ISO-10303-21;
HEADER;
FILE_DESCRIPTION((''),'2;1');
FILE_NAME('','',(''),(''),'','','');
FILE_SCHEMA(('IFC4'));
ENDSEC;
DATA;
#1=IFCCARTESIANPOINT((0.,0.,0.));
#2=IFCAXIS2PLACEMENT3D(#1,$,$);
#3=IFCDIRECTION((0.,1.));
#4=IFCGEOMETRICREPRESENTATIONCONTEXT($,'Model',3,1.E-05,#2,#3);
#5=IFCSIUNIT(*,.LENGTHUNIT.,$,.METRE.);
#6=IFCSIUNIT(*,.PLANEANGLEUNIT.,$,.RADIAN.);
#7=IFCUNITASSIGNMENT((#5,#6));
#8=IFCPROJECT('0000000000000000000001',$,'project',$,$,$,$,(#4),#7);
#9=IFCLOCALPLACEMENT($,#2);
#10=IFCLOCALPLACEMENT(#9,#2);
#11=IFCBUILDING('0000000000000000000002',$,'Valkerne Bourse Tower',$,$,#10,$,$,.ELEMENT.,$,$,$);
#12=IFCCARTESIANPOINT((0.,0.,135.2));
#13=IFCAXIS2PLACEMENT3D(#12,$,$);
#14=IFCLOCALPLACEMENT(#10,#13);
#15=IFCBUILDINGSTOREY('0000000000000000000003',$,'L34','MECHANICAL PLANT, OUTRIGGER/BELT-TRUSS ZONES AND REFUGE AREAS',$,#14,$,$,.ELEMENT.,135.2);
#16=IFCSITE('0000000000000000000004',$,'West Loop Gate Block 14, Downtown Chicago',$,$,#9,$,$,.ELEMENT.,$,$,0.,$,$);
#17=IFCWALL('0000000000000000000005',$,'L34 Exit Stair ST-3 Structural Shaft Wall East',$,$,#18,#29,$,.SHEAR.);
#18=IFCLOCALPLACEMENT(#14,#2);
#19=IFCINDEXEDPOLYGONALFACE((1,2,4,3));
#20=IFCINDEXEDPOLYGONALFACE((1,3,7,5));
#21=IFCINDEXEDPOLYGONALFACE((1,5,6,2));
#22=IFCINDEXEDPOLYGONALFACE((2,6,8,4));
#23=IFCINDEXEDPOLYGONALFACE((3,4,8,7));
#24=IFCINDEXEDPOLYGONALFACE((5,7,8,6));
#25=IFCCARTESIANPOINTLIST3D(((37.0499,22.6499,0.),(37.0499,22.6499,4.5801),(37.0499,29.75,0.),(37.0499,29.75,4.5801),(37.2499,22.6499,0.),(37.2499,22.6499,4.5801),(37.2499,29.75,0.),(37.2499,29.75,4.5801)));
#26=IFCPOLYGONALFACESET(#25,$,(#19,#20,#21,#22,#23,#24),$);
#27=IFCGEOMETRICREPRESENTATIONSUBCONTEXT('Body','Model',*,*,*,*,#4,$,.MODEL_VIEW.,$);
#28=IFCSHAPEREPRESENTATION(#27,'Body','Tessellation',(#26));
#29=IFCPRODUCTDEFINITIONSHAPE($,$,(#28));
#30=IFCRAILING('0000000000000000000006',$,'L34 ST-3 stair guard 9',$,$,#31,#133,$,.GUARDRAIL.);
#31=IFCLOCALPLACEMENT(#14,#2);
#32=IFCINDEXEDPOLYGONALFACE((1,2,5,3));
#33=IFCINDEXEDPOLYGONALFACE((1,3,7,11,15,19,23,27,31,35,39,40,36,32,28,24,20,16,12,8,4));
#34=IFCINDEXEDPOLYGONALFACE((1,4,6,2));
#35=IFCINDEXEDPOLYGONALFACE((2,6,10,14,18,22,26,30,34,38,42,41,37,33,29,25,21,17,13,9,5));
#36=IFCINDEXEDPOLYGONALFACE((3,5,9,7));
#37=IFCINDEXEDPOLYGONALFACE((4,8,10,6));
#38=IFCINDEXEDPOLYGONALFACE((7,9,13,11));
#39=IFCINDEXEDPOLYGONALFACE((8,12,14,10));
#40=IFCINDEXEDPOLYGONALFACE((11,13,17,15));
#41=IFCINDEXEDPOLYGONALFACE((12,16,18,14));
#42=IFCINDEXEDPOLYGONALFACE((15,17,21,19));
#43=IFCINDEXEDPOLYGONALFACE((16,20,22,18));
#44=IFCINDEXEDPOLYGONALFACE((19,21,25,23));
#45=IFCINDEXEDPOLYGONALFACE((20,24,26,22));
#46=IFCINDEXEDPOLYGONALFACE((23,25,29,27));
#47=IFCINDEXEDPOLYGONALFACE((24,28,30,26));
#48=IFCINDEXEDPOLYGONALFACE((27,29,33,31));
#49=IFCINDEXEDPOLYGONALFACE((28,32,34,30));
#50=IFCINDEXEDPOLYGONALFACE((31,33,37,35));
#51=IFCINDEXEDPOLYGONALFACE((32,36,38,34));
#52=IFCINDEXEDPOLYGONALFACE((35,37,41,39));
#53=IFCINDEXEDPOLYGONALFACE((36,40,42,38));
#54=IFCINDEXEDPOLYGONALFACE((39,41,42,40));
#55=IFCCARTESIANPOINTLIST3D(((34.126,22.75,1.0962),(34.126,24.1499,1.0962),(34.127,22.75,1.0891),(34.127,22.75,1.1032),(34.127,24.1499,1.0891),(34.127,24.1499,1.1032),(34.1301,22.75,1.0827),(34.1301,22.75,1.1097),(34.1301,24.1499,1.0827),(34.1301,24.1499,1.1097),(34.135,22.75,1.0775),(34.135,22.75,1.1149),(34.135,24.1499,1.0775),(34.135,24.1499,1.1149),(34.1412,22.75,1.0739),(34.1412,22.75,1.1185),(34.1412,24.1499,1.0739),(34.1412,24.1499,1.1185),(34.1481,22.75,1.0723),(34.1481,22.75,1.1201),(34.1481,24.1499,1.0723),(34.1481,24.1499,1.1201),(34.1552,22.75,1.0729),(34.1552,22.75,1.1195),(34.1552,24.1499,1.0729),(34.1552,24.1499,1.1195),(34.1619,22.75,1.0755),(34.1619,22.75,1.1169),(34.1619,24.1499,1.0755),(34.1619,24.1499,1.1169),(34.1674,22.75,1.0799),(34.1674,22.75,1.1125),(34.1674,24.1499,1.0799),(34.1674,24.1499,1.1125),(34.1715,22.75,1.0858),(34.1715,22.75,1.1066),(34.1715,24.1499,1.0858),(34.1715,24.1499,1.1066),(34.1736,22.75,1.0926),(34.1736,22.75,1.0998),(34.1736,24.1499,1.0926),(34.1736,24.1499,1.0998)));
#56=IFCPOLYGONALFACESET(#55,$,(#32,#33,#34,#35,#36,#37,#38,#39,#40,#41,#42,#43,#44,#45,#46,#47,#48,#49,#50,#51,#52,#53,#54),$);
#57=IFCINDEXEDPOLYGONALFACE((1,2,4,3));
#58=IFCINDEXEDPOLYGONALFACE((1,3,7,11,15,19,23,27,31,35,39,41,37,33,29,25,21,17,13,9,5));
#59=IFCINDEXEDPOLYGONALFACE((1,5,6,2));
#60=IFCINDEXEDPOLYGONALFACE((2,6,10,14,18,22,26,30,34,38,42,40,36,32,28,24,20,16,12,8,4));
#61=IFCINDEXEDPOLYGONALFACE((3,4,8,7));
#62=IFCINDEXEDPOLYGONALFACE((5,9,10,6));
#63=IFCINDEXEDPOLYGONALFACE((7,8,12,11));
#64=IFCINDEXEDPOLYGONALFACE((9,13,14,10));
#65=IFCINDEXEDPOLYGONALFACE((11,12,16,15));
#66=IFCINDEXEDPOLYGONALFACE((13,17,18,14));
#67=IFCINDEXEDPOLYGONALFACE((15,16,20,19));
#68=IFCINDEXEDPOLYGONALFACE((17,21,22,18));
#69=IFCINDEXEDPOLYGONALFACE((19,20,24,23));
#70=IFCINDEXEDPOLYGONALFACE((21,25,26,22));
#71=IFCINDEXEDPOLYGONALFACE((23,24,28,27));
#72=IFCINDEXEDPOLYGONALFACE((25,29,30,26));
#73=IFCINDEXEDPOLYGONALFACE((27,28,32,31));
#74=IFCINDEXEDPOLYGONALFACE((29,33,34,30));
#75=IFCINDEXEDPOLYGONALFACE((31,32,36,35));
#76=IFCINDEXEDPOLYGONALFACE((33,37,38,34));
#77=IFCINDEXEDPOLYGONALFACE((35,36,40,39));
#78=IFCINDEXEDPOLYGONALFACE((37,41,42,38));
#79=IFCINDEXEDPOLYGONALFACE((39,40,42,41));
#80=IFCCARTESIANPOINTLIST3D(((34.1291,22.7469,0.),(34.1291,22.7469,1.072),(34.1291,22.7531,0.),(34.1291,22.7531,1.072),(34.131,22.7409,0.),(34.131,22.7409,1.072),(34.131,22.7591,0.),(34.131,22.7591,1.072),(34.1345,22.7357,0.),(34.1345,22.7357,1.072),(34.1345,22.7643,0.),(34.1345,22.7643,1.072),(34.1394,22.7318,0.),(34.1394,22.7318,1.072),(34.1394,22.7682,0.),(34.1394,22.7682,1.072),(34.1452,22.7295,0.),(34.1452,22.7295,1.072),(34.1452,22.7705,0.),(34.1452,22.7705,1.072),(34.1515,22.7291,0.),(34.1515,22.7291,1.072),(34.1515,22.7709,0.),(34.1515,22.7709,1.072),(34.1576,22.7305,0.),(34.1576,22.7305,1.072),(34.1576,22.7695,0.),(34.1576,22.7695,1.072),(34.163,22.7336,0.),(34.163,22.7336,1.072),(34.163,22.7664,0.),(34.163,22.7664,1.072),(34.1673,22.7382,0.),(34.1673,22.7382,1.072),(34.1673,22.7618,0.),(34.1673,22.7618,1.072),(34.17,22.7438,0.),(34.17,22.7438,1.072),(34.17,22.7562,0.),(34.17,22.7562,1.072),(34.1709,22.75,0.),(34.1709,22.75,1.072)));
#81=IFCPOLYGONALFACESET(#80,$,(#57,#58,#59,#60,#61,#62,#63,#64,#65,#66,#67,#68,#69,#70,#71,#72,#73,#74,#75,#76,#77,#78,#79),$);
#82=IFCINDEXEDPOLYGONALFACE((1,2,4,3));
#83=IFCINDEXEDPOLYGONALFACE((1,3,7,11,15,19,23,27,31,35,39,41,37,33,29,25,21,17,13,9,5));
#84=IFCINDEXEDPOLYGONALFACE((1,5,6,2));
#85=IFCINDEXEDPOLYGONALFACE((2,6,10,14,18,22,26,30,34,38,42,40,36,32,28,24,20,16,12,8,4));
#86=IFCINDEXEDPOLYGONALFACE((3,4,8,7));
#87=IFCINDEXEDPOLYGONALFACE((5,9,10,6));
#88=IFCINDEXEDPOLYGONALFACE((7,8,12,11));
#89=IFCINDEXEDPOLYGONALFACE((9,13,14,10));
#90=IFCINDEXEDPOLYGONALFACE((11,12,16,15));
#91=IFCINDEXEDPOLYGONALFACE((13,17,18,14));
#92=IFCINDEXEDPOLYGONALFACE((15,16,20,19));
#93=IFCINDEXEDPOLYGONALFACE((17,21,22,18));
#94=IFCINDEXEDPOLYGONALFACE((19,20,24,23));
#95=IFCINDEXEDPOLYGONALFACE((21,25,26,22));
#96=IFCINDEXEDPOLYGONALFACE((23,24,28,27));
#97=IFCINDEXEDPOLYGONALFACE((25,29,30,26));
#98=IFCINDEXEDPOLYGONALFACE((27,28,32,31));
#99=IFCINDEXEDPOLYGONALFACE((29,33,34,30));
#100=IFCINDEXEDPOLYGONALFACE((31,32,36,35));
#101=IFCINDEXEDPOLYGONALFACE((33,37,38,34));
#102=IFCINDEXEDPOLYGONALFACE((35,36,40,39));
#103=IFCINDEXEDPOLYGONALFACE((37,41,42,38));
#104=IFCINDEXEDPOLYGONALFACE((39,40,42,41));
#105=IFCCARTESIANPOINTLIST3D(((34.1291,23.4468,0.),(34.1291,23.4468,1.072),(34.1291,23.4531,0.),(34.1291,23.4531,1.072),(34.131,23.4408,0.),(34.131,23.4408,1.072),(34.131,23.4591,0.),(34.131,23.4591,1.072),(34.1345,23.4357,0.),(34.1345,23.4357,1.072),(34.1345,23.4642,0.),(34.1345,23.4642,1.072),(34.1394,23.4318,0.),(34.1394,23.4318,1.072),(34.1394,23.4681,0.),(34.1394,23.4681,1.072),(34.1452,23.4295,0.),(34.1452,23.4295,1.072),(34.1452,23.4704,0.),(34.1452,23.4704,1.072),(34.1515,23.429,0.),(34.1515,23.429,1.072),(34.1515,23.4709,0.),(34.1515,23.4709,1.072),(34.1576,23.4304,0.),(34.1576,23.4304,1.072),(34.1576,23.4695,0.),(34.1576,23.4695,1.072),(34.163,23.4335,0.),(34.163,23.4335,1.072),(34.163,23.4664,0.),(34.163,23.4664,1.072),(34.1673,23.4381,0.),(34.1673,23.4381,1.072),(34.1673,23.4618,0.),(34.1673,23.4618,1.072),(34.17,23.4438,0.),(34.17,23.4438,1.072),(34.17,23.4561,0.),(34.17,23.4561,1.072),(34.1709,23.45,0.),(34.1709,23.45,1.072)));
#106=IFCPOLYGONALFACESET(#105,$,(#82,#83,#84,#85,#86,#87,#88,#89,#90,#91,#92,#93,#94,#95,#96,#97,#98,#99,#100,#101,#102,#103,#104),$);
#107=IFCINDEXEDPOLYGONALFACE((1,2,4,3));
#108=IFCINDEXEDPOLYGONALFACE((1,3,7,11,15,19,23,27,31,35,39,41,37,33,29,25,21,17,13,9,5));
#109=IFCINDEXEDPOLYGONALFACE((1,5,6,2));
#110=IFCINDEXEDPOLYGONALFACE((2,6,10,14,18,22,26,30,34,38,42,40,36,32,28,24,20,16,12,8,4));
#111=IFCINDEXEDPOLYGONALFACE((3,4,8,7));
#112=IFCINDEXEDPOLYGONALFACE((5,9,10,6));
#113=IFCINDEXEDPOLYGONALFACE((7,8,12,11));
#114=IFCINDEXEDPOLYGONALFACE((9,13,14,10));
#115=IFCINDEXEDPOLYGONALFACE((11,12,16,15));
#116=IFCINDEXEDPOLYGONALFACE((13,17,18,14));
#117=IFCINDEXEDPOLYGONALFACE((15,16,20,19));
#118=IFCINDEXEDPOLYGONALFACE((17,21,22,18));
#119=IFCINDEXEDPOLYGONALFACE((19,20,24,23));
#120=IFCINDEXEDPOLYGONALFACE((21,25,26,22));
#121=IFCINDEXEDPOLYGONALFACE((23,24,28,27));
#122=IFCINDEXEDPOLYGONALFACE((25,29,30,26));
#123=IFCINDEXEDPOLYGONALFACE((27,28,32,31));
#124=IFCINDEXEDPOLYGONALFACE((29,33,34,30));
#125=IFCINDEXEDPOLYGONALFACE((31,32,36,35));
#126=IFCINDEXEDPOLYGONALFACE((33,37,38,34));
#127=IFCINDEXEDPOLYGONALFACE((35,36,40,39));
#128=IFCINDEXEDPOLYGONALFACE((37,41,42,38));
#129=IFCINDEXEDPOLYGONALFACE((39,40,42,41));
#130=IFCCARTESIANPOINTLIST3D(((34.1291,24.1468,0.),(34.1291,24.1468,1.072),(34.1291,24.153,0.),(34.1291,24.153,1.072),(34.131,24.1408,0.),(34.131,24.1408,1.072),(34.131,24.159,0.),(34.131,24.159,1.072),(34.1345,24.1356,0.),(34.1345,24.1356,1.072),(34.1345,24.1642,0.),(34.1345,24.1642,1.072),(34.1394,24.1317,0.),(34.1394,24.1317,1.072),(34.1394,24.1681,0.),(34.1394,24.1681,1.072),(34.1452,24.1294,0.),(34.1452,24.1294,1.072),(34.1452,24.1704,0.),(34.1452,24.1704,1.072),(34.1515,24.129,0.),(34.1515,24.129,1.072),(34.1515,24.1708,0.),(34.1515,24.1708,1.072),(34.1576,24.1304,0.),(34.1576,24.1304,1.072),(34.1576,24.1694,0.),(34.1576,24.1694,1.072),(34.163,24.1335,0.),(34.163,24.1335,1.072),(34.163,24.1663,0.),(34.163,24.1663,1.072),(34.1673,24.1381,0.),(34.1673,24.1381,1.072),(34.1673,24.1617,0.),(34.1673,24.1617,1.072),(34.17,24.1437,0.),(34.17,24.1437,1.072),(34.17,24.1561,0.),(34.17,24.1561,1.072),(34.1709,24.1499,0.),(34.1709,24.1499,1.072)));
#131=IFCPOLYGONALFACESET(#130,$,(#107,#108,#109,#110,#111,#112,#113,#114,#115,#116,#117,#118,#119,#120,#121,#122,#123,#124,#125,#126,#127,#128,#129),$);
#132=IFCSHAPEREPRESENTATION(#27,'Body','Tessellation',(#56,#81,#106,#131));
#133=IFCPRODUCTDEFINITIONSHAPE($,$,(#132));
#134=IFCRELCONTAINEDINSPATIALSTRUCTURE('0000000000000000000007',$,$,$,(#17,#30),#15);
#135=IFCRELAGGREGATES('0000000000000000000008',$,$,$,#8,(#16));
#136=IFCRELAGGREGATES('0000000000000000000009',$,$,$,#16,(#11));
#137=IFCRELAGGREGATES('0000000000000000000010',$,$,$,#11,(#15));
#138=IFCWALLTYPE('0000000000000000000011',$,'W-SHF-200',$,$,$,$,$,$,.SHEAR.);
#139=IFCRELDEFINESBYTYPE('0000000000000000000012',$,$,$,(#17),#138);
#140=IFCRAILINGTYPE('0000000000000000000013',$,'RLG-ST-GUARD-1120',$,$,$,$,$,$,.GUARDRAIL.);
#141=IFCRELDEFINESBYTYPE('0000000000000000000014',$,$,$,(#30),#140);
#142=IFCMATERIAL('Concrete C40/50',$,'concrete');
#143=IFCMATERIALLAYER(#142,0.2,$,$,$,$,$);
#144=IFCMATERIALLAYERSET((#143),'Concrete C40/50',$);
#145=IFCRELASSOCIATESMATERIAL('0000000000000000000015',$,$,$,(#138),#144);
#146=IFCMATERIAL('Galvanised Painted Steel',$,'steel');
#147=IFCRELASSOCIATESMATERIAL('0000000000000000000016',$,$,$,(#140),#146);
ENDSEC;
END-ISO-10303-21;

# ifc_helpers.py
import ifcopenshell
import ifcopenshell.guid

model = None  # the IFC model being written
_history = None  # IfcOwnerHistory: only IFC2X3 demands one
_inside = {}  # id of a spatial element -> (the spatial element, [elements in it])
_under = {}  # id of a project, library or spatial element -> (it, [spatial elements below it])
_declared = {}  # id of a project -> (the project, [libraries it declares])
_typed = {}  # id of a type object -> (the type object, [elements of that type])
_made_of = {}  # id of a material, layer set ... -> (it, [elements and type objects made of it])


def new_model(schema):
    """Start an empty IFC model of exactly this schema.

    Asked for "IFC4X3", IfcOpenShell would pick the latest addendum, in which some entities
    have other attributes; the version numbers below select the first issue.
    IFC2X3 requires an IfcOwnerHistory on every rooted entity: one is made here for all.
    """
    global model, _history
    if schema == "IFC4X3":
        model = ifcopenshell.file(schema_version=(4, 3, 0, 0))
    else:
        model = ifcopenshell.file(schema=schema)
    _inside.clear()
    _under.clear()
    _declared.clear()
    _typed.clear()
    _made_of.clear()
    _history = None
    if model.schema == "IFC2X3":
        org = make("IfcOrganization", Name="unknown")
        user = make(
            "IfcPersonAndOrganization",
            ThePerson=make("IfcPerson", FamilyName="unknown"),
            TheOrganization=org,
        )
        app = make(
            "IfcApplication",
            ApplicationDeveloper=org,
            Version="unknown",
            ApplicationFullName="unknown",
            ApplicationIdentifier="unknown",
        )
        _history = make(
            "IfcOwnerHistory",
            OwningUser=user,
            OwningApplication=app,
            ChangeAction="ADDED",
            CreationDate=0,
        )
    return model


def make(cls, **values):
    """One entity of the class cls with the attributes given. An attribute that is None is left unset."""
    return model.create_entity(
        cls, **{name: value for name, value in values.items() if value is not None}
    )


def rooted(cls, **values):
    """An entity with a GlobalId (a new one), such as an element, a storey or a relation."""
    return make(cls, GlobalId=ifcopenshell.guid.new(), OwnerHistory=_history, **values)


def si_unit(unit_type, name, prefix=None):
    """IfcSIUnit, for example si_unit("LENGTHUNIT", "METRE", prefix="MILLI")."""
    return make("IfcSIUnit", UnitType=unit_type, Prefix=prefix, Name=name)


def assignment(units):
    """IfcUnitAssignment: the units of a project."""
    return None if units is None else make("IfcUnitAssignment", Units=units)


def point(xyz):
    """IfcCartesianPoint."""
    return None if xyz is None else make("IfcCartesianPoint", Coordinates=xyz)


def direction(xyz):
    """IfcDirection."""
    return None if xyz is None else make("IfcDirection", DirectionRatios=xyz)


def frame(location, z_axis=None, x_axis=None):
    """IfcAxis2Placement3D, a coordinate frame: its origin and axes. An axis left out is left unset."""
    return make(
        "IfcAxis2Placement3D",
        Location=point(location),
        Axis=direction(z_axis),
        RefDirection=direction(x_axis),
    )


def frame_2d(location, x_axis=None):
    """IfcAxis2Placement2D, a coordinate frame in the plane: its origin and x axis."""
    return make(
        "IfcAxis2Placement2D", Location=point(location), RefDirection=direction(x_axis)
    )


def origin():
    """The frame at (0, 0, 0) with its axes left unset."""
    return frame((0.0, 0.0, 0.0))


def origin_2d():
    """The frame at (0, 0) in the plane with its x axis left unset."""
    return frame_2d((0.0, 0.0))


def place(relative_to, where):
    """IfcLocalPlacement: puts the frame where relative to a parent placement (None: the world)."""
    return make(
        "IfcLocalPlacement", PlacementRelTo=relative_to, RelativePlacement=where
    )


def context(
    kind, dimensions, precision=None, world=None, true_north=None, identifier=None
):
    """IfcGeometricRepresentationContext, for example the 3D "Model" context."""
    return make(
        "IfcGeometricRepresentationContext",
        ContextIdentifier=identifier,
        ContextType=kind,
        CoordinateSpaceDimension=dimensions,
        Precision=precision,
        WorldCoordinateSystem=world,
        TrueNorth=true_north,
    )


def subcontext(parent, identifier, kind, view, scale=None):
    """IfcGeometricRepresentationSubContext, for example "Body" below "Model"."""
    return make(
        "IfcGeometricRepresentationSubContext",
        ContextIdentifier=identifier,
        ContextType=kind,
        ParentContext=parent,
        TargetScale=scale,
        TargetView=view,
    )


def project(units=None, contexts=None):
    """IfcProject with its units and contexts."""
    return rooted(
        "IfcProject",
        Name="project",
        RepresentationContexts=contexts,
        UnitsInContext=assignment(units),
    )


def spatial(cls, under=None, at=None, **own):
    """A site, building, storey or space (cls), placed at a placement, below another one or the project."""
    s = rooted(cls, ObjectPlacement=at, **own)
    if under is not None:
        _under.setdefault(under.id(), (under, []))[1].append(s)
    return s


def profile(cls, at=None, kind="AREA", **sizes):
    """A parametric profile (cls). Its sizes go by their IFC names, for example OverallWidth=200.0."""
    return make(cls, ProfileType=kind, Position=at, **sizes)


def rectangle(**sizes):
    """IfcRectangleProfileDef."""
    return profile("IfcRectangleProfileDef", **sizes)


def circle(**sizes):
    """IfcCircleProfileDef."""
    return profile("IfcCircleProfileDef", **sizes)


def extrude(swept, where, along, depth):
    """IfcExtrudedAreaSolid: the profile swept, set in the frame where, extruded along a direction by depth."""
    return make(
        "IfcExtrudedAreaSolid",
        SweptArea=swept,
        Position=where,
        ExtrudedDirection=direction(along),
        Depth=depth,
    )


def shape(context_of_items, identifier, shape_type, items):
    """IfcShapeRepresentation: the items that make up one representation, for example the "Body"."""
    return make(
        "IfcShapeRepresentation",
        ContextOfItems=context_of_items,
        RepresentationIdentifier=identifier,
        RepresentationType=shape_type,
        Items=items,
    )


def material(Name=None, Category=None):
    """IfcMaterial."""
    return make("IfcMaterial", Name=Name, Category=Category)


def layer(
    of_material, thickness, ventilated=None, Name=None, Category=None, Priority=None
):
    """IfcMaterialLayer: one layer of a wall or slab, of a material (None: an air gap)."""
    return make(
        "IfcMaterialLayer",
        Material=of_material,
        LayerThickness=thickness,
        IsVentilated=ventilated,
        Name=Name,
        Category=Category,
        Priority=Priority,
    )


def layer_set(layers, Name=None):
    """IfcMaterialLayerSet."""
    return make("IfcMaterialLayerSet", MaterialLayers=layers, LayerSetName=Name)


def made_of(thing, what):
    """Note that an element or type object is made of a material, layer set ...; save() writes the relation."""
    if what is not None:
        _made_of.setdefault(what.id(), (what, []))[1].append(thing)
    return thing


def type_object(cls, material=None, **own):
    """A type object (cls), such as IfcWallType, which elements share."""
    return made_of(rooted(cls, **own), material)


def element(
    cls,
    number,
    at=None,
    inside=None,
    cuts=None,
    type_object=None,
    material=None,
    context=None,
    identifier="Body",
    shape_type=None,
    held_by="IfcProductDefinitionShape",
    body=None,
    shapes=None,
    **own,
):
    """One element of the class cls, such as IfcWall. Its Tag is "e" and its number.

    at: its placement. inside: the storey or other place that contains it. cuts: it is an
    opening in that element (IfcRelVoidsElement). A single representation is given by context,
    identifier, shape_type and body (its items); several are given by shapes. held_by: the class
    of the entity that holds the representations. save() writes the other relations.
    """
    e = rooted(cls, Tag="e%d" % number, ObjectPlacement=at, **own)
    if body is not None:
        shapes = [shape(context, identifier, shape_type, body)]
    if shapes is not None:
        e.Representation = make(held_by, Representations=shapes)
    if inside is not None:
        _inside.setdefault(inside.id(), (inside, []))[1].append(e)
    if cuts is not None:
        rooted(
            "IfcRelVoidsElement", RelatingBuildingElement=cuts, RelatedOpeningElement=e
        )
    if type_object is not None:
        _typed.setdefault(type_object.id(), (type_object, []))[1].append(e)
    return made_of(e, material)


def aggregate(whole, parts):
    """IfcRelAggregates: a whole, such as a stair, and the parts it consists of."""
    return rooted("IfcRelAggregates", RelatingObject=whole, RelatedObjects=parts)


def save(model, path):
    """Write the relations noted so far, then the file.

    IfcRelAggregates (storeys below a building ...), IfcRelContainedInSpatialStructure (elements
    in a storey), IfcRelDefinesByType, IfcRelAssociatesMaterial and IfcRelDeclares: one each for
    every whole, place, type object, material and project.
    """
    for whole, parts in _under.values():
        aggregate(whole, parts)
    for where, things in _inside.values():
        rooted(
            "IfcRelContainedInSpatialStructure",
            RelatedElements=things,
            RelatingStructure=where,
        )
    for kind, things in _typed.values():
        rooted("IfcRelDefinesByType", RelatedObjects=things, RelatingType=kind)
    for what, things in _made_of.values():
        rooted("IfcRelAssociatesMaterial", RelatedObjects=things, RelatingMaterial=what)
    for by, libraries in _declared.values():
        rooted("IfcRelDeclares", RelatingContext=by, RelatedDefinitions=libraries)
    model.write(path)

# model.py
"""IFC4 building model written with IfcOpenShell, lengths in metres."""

from ifc_helpers import new_model, si_unit, direction, frame, frame_2d, origin, origin_2d, place, context, subcontext, project, spatial, rectangle, circle, extrude, material, layer, layer_set, type_object, element, save


model = new_model("IFC4")

# Units and contexts
model_context = context("Model", 3, precision=1e-05, world=origin(), true_north=direction((0.0, 1.0)))
body_context = subcontext(model_context, "Body", "Model", "MODEL_VIEW")
ifc_project = project(units=[si_unit("LENGTHUNIT", "METRE"), si_unit("PLANEANGLEUNIT", "RADIAN")], contexts=[model_context])

# Site, building, storey
site_placement = place(None, origin())
site = spatial("IfcSite", under=ifc_project, at=site_placement, Name="West Loop Gate Block 14, Downtown Chicago", CompositionType="ELEMENT", RefElevation=0.0)
building_placement = place(site_placement, origin())
building = spatial("IfcBuilding", under=site, at=building_placement, Name="Valkerne Bourse Tower", CompositionType="ELEMENT")
storey_placement = place(building_placement, frame((0.0, 0.0, 135.2)))
storey = spatial("IfcBuildingStorey", under=building, at=storey_placement, Name="L34", Description="MECHANICAL PLANT, OUTRIGGER/BELT-TRUSS ZONES AND REFUGE AREAS", CompositionType="ELEMENT", Elevation=135.2)

# Shared definitions
ifc_material_1 = material(Name="Galvanised Painted Steel", Category="steel")

# Shared definitions
ifc_material_2 = material(Name="Concrete C40/50", Category="concrete")
ifc_layer_1 = layer(ifc_material_2, 0.2)
ifc_layer_set_1 = layer_set([ifc_layer_1], Name="Concrete C40/50")
wall_type_1 = type_object("IfcWallType", Name="W-SHF-200", PredefinedType="SHEAR", material=ifc_layer_set_1)

# Wall
wall_1_placement = place(storey_placement, frame((37.1499, 22.6499, 0.0), z_axis=(0.0, 0.0, 1.0), x_axis=(0.0, 1.0, 0.0)))
element("IfcWall", 1, at=wall_1_placement, inside=storey, type_object=wall_type_1, Name="L34 Exit Stair ST-3 Structural Shaft Wall East", PredefinedType="SHEAR", context=body_context, shape_type="SweptSolid", body=[
    extrude(rectangle(XDim=7.1001, YDim=0.2, at=frame_2d((3.55, 0.0))), origin(), (0.0, 0.0, 1.0), 4.5801),
])

# Railing
railing_type = type_object("IfcRailingType", Name="RLG-ST-GUARD-1120", PredefinedType="GUARDRAIL", material=ifc_material_1)
railing_placement = place(storey_placement, frame((34.1499, 22.75, 0.0)))
element("IfcRailing", 2, at=railing_placement, inside=storey, type_object=railing_type, Name="L34 ST-3 stair guard 9", PredefinedType="GUARDRAIL", context=body_context, shape_type="SweptSolid", body=[
    extrude(circle(Radius=0.0239, at=origin_2d()), frame((0.0, 0.0, 1.0962), z_axis=(0.0, 1.0, 0.0), x_axis=(-1.0, 0.0, 0.0)), (0.0, 0.0, 1.0), 1.3999),
    extrude(circle(Radius=0.021, at=origin_2d()), origin(), (0.0, 0.0, 1.0), 1.072),
    extrude(circle(Radius=0.021, at=origin_2d()), frame((0.0, 0.7, 0.0)), (0.0, 0.0, 1.0), 1.072),
    extrude(circle(Radius=0.021, at=origin_2d()), frame((0.0, 1.3999, 0.0)), (0.0, 0.0, 1.0), 1.072),
])

save(model, "model.ifc")
